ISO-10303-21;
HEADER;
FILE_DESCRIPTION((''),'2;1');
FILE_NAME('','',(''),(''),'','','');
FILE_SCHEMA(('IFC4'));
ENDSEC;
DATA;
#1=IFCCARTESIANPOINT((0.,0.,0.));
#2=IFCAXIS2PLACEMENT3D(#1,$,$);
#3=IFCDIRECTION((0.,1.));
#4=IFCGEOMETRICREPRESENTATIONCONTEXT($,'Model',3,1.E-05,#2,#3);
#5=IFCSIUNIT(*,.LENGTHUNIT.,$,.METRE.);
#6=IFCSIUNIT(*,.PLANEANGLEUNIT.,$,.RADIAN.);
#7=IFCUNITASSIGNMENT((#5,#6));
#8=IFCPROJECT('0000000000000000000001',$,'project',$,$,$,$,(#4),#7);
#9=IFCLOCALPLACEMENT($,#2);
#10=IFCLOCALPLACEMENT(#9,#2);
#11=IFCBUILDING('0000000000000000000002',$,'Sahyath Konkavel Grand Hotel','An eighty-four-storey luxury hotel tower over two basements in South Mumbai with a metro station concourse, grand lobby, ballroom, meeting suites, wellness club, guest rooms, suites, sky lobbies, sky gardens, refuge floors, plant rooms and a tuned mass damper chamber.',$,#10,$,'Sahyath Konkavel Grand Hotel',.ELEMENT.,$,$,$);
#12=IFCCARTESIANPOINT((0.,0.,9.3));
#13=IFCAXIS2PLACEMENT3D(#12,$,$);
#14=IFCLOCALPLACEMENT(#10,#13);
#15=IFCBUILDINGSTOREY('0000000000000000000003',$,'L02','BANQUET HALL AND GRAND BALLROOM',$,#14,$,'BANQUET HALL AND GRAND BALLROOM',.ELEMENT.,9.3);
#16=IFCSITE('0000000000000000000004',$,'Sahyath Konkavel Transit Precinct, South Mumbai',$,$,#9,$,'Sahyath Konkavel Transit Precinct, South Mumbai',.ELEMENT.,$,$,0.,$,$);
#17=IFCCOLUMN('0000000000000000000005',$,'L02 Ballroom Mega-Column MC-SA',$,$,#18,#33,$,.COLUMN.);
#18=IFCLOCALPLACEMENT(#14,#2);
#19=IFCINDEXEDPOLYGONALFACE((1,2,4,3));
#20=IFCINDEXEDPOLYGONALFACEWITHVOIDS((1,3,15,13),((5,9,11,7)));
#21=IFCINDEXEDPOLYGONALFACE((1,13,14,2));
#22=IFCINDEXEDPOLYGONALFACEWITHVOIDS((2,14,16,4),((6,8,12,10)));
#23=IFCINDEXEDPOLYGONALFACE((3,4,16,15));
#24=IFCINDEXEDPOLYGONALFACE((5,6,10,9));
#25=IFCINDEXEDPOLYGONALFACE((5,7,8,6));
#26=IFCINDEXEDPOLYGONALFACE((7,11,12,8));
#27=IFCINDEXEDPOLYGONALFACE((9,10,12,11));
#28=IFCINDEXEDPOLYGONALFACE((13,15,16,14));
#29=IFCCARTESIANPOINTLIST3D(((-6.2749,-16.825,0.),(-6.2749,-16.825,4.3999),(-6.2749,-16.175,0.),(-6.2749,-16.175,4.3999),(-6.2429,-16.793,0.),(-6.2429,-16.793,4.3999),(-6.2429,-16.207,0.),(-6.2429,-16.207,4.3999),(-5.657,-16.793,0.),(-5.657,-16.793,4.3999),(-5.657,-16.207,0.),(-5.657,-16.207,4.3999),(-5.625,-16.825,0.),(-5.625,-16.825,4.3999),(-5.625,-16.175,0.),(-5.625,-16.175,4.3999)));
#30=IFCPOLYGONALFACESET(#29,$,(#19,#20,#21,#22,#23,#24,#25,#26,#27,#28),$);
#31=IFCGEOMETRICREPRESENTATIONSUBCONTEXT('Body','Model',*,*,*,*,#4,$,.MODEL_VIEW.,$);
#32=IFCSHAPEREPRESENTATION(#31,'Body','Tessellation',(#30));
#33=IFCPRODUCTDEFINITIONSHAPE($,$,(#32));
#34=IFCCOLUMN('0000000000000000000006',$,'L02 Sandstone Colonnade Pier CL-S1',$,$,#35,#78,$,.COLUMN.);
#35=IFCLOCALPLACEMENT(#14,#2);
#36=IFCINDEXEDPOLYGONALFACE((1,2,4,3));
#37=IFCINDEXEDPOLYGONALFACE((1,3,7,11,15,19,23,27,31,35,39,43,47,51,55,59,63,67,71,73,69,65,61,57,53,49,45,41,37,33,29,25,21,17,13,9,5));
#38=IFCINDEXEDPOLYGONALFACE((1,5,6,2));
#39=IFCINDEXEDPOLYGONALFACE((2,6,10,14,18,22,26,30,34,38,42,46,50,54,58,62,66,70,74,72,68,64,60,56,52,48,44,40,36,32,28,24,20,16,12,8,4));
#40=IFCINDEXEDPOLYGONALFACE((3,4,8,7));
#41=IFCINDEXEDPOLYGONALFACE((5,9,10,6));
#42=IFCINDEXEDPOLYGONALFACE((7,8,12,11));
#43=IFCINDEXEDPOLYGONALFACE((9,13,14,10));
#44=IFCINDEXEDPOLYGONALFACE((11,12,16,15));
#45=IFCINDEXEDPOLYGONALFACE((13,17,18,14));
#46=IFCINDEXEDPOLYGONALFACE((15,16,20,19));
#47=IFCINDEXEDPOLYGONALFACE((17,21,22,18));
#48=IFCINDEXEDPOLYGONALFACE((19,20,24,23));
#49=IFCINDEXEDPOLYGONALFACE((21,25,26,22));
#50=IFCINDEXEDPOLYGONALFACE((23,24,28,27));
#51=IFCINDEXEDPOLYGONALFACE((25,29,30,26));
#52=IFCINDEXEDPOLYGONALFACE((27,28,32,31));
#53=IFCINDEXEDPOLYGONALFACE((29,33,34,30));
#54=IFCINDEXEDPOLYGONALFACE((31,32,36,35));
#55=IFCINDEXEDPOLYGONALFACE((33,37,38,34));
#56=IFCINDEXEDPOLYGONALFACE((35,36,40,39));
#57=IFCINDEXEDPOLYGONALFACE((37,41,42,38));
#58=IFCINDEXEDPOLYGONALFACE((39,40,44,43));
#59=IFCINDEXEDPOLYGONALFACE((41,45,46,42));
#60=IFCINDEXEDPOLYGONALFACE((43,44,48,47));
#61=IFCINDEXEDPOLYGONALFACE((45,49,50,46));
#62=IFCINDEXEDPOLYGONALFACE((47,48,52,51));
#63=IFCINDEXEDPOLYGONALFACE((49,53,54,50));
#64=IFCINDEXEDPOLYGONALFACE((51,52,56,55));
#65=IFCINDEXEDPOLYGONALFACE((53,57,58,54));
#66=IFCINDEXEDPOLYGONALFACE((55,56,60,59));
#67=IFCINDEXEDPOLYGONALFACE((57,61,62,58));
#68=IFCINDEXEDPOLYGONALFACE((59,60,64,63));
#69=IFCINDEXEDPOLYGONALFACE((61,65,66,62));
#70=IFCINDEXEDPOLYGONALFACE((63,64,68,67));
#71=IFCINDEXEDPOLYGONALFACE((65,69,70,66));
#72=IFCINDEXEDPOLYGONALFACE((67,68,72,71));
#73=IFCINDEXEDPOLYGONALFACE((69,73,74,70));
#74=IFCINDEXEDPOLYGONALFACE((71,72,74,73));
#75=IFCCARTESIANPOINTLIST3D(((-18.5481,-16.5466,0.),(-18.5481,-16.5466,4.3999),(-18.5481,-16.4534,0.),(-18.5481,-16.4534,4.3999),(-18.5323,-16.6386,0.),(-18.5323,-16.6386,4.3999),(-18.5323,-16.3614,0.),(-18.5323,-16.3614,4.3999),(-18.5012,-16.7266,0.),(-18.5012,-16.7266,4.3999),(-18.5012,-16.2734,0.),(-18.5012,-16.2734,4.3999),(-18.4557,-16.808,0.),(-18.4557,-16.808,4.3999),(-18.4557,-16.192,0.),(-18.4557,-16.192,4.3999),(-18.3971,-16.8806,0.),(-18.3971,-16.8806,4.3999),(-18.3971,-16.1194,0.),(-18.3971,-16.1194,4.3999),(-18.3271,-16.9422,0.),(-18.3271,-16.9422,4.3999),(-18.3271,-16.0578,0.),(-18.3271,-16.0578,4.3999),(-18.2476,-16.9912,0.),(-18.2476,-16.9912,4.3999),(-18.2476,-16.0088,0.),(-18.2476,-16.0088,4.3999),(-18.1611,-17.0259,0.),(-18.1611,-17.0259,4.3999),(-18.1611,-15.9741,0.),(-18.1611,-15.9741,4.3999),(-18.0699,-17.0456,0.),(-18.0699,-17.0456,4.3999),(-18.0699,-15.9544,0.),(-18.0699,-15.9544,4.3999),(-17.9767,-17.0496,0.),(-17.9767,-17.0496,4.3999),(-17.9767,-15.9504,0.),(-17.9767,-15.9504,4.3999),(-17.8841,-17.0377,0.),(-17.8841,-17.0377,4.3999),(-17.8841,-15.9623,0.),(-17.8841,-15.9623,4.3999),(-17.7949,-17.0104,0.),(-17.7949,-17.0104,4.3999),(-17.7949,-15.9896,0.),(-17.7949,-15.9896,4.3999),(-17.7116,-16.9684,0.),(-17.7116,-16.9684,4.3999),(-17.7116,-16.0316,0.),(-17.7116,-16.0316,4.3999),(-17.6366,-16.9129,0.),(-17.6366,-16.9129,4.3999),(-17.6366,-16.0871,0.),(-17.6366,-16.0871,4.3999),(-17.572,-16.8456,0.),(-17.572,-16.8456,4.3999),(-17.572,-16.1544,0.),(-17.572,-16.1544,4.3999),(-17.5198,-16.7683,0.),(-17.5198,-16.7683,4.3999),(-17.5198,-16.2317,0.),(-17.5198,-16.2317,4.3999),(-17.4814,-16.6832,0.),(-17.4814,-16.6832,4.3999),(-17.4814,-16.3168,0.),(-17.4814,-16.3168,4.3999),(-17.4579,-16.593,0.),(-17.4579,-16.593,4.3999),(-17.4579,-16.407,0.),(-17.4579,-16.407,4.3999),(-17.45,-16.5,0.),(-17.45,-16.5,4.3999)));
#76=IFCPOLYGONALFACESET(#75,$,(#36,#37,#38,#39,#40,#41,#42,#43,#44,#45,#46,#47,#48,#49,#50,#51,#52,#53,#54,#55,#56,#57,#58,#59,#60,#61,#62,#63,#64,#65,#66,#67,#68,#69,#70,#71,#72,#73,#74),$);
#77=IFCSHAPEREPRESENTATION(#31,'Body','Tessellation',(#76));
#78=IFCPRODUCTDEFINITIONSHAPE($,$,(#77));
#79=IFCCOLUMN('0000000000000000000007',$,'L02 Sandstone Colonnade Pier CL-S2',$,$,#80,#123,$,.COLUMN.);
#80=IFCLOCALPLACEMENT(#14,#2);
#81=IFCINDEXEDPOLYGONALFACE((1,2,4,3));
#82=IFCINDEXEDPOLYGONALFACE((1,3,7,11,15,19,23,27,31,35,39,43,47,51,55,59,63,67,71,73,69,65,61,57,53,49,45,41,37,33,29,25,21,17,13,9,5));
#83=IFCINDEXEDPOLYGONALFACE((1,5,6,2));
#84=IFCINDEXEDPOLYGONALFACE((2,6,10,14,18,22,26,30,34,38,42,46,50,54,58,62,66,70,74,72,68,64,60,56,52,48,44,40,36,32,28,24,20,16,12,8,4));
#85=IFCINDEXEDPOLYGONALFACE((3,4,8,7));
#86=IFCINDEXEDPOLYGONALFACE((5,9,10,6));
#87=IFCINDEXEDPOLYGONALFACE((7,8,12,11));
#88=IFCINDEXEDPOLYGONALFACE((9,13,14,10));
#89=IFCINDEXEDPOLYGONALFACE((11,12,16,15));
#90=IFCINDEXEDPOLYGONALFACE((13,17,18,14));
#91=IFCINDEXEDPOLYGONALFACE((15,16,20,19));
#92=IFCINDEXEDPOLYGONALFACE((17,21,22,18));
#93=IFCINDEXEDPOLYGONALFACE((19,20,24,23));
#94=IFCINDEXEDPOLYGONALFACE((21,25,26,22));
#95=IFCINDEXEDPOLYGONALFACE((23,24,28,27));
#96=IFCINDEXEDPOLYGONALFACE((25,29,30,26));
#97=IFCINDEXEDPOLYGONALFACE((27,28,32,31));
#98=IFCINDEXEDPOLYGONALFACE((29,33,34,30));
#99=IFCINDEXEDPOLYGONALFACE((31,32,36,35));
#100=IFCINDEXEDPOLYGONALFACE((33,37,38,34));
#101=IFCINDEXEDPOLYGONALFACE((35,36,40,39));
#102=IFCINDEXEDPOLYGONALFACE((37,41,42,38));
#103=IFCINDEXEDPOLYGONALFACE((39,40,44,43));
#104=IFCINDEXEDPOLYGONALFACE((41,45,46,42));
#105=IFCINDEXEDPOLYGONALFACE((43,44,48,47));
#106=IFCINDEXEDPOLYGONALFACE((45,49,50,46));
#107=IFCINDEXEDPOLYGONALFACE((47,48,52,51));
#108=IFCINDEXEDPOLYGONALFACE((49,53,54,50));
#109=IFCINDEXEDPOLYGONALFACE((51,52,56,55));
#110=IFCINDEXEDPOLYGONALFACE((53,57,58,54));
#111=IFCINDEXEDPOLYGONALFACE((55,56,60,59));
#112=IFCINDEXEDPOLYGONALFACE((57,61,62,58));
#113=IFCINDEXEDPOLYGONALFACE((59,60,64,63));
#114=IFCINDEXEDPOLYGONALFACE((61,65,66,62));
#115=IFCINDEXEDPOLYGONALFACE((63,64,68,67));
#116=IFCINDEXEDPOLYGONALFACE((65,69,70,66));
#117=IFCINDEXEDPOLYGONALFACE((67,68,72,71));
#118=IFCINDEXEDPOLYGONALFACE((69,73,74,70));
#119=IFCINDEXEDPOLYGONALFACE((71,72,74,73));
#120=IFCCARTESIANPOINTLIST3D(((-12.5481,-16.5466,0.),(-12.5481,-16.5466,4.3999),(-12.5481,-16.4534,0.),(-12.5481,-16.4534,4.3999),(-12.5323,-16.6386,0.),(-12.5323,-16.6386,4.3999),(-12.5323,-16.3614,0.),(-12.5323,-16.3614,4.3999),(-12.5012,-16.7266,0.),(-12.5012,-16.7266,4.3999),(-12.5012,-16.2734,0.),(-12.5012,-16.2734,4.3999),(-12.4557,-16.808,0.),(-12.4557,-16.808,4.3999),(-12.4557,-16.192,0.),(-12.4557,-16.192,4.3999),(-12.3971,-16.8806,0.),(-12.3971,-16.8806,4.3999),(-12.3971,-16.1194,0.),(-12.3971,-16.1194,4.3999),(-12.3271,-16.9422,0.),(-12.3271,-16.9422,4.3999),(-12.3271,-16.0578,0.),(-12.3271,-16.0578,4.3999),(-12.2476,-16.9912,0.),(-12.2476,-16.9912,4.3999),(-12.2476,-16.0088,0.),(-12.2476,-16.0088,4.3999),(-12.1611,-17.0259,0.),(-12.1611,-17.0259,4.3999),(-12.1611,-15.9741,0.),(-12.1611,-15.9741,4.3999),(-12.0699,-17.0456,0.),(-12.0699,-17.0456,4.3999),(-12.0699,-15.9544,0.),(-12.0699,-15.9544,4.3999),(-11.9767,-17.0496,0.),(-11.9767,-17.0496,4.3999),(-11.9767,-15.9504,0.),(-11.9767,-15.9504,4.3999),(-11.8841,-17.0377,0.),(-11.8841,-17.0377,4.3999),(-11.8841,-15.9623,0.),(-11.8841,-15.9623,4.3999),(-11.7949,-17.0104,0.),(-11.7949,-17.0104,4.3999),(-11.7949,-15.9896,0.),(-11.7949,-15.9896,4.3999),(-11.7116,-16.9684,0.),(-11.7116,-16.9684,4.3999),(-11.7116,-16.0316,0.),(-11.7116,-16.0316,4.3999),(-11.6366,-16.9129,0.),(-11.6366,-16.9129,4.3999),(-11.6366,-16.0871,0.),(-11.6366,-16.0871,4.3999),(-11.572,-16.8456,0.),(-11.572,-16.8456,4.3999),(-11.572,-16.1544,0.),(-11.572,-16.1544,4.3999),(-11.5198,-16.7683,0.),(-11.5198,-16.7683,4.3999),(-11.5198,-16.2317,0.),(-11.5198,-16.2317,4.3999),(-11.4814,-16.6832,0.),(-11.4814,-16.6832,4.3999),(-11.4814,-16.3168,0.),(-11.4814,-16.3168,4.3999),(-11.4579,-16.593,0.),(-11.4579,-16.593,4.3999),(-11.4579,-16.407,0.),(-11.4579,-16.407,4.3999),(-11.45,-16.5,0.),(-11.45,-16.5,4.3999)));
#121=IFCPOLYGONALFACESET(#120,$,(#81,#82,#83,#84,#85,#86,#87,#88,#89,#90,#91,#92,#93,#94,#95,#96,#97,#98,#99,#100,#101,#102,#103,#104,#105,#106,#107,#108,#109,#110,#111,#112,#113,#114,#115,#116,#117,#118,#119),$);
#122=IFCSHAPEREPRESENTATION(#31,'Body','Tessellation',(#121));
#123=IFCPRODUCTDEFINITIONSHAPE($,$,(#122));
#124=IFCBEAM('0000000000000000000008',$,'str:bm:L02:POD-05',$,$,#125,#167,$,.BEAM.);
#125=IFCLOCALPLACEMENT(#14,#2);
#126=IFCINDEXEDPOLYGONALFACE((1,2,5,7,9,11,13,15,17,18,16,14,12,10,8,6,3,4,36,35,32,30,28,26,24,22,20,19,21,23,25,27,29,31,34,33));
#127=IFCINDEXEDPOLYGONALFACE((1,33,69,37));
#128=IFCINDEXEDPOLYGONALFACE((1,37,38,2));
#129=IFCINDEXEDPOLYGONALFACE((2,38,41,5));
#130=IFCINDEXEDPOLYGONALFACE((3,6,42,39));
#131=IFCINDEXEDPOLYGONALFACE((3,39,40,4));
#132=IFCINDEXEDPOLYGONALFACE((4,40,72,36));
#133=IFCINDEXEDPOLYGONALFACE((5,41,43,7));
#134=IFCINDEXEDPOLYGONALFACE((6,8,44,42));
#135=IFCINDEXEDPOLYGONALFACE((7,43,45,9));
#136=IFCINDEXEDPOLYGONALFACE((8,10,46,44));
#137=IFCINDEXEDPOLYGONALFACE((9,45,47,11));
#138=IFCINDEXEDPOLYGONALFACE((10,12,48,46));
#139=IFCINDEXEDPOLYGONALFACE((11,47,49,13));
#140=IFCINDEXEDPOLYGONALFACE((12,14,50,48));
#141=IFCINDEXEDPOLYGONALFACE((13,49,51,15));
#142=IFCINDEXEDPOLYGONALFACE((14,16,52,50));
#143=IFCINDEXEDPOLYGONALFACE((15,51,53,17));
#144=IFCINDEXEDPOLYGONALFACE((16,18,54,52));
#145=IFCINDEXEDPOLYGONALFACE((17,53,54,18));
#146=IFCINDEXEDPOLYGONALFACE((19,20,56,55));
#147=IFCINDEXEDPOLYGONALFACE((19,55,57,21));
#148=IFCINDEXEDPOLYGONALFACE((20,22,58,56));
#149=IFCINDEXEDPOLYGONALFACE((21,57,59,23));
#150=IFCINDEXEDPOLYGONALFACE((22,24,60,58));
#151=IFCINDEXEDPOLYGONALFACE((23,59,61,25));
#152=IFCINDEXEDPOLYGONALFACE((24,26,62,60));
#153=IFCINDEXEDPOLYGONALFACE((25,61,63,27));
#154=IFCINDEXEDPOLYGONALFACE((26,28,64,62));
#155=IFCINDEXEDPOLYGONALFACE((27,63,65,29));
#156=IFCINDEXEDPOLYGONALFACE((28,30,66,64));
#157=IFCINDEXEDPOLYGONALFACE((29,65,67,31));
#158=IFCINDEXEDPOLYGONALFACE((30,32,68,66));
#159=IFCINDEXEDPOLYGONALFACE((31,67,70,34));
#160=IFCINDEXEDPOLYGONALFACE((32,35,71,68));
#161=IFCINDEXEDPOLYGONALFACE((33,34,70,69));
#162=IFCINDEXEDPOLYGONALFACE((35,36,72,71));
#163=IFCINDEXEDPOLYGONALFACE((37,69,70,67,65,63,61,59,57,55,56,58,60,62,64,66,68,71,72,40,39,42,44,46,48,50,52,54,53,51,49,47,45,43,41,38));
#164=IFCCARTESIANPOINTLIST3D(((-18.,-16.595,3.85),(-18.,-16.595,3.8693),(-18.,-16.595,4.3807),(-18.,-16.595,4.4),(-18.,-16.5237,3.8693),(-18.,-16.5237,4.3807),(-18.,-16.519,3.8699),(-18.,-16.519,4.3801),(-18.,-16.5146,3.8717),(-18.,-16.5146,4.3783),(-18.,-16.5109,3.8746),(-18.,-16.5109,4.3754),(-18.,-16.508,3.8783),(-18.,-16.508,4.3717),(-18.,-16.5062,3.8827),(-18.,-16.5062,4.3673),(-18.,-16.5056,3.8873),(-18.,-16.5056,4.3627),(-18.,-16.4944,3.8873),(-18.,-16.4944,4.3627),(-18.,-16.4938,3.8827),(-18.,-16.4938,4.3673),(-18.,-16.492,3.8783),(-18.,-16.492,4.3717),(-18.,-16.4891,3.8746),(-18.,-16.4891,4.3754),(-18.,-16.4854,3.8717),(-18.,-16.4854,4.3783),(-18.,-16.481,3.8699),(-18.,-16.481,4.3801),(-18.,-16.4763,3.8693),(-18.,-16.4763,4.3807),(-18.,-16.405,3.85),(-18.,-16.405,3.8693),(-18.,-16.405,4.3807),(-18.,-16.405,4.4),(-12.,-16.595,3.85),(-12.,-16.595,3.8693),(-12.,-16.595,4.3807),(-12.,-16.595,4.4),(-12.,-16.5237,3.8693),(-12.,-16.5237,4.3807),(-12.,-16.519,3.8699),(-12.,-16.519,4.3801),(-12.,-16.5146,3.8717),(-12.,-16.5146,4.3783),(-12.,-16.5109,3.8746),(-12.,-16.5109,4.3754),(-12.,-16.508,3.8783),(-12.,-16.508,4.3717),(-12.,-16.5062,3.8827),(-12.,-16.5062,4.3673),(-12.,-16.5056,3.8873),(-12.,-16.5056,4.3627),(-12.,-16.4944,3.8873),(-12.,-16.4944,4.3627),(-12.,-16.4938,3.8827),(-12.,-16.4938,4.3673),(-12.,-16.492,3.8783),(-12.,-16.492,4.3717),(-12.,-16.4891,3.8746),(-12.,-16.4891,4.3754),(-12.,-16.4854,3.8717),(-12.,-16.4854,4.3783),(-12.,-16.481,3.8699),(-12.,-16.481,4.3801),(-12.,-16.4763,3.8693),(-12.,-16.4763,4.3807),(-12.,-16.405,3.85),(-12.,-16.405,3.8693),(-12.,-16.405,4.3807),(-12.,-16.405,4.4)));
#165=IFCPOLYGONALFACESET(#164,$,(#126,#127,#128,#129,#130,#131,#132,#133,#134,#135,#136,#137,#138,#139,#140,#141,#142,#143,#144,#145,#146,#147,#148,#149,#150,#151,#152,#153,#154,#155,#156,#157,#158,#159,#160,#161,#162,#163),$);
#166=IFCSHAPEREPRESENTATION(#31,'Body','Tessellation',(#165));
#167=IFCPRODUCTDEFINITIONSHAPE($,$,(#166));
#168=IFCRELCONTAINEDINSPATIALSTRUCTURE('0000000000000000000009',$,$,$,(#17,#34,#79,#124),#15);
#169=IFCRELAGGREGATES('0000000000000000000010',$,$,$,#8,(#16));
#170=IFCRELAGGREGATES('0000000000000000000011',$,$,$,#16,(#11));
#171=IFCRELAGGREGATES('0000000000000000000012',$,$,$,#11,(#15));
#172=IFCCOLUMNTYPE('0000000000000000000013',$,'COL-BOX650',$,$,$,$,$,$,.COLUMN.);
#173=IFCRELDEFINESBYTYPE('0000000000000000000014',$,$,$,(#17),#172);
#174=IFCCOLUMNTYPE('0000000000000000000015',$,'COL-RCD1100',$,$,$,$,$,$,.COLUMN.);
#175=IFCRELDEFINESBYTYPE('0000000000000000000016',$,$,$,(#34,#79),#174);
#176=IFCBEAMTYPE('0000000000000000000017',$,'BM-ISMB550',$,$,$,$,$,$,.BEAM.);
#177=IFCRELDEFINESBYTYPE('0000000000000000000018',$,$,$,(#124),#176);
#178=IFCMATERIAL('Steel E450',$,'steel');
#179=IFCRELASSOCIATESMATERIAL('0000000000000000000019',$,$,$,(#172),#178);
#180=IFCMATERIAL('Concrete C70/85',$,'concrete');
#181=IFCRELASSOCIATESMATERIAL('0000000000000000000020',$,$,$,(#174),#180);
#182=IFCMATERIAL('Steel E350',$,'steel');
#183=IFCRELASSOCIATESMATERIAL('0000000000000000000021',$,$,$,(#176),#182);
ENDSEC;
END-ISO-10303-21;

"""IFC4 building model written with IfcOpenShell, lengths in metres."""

from ifc_helpers import new_model, si_unit, direction, frame, origin, origin_2d, place, context, subcontext, project, spatial, hollow_rectangle, circle, i_section, extrude, source, transform, mapped, material, material_profile, profile_set, type_object, element, save


model = new_model("IFC4")

# Units and contexts
model_context = context("Model", 3, precision=1e-05, world=origin(), true_north=direction((0.0, 1.0)))
body_context = subcontext(model_context, "Body", "Model", "MODEL_VIEW")
ifc_project = project(units=[si_unit("LENGTHUNIT", "METRE"), si_unit("PLANEANGLEUNIT", "RADIAN")], contexts=[model_context])

# Site, building, storey
site_placement = place(None, origin())
site = spatial("IfcSite", under=ifc_project, at=site_placement, Name="Sahyath Konkavel Transit Precinct, South Mumbai", LongName="Sahyath Konkavel Transit Precinct, South Mumbai", CompositionType="ELEMENT", RefElevation=0.0)
building_placement = place(site_placement, origin())
building = spatial("IfcBuilding", under=site, at=building_placement, Name="Sahyath Konkavel Grand Hotel", Description="An eighty-four-storey luxury hotel tower over two basements in South Mumbai with a metro station concourse, grand lobby, ballroom, meeting suites, wellness club, guest rooms, suites, sky lobbies, sky gardens, refuge floors, plant rooms and a tuned mass damper chamber.", LongName="Sahyath Konkavel Grand Hotel", CompositionType="ELEMENT")
storey_placement = place(building_placement, frame((0.0, 0.0, 9.3)))
storey = spatial("IfcBuildingStorey", under=building, at=storey_placement, Name="L02", Description="BANQUET HALL AND GRAND BALLROOM", LongName="BANQUET HALL AND GRAND BALLROOM", CompositionType="ELEMENT", Elevation=9.3)

# Columns
ifc_material_1 = material(Name="Steel E450", Category="steel")
ifc_material_profile_1 = material_profile(ifc_material_1, hollow_rectangle(XDim=0.6499, YDim=0.6499, WallThickness=0.032, at=origin_2d()), Name="BOX 650x650x32")
ifc_profile_set_1 = profile_set([ifc_material_profile_1], Name="Steel E450")
column_type_1 = type_object("IfcColumnType", Name="COL-BOX650", PredefinedType="COLUMN", material=ifc_profile_set_1)
shared_shape_1 = source(origin(), body_context, "Body", "SweptSolid", [
    extrude(hollow_rectangle(XDim=0.6499, YDim=0.6499, WallThickness=0.032, at=origin_2d()), origin(), (0.0, 0.0, 1.0), 4.3999),
])
column_placement = place(storey_placement, frame((-5.95, -16.5, 0.0), z_axis=(0.0, 0.0, 1.0), x_axis=(1.0, 0.0, 0.0)))
element("IfcColumn", 1, at=column_placement, inside=storey, type_object=column_type_1, Name="L02 Ballroom Mega-Column MC-SA", PredefinedType="COLUMN", context=body_context, shape_type="MappedRepresentation", body=[
    mapped(shared_shape_1, transform((0.0, 0.0, 0.0), scale=1.0)),
])
ifc_material_2 = material(Name="Concrete C70/85", Category="concrete")
ifc_material_profile_2 = material_profile(ifc_material_2, circle(Radius=0.55, at=origin_2d()), Name="RC D1100")
ifc_profile_set_2 = profile_set([ifc_material_profile_2], Name="Concrete C70/85")
column_type_2 = type_object("IfcColumnType", Name="COL-RCD1100", PredefinedType="COLUMN", material=ifc_profile_set_2)
shared_shape_2 = source(origin(), body_context, "Body", "SweptSolid", [
    extrude(circle(Radius=0.55, at=origin_2d()), origin(), (0.0, 0.0, 1.0), 4.3999),
])
for number, where, z_axis, x_axis, name in (
    (2, (-18.0, -16.5, 0.0), (0.0, 0.0, 1.0), (1.0, 0.0, 0.0), "L02 Sandstone Colonnade Pier CL-S1"),
    (3, (-12.0, -16.5, 0.0), (0.0, 0.0, 1.0), (1.0, 0.0, 0.0), "L02 Sandstone Colonnade Pier CL-S2"),
):
    element("IfcColumn", number, at=place(storey_placement, frame(where, z_axis=z_axis, x_axis=x_axis)), inside=storey, type_object=column_type_2, Name=name, PredefinedType="COLUMN", context=body_context, shape_type="MappedRepresentation", body=[
        mapped(shared_shape_2, transform((0.0, 0.0, 0.0), scale=1.0)),
    ])

# Beam
ifc_material_3 = material(Name="Steel E350", Category="steel")
ifc_material_profile_3 = material_profile(ifc_material_3, i_section(OverallWidth=0.1899, OverallDepth=0.55, WebThickness=0.0112, FlangeThickness=0.0193, FilletRadius=0.0181, at=origin_2d()), Name="ISMB 550")
ifc_profile_set_3 = profile_set([ifc_material_profile_3], Name="Steel E350")
beam_type = type_object("IfcBeamType", Name="BM-ISMB550", PredefinedType="BEAM", material=ifc_profile_set_3)
shared_shape_3 = source(origin(), body_context, "Body", "SweptSolid", [
    extrude(i_section(OverallWidth=0.1899, OverallDepth=0.55, WebThickness=0.0112, FlangeThickness=0.0193, FilletRadius=0.0181, at=origin_2d()), origin(), (0.0, 0.0, 1.0), 6.0),
])
beam_1_placement = place(storey_placement, frame((-18.0, -16.5, 4.125), z_axis=(1.0, 0.0, 0.0), x_axis=(0.0, 1.0, 0.0)))
element("IfcBeam", 4, at=beam_1_placement, inside=storey, type_object=beam_type, Name="str:bm:L02:POD-05", PredefinedType="BEAM", context=body_context, shape_type="MappedRepresentation", body=[
    mapped(shared_shape_3, transform((0.0, 0.0, 0.0), scale=1.0)),
])

save(model, "model.ifc")
